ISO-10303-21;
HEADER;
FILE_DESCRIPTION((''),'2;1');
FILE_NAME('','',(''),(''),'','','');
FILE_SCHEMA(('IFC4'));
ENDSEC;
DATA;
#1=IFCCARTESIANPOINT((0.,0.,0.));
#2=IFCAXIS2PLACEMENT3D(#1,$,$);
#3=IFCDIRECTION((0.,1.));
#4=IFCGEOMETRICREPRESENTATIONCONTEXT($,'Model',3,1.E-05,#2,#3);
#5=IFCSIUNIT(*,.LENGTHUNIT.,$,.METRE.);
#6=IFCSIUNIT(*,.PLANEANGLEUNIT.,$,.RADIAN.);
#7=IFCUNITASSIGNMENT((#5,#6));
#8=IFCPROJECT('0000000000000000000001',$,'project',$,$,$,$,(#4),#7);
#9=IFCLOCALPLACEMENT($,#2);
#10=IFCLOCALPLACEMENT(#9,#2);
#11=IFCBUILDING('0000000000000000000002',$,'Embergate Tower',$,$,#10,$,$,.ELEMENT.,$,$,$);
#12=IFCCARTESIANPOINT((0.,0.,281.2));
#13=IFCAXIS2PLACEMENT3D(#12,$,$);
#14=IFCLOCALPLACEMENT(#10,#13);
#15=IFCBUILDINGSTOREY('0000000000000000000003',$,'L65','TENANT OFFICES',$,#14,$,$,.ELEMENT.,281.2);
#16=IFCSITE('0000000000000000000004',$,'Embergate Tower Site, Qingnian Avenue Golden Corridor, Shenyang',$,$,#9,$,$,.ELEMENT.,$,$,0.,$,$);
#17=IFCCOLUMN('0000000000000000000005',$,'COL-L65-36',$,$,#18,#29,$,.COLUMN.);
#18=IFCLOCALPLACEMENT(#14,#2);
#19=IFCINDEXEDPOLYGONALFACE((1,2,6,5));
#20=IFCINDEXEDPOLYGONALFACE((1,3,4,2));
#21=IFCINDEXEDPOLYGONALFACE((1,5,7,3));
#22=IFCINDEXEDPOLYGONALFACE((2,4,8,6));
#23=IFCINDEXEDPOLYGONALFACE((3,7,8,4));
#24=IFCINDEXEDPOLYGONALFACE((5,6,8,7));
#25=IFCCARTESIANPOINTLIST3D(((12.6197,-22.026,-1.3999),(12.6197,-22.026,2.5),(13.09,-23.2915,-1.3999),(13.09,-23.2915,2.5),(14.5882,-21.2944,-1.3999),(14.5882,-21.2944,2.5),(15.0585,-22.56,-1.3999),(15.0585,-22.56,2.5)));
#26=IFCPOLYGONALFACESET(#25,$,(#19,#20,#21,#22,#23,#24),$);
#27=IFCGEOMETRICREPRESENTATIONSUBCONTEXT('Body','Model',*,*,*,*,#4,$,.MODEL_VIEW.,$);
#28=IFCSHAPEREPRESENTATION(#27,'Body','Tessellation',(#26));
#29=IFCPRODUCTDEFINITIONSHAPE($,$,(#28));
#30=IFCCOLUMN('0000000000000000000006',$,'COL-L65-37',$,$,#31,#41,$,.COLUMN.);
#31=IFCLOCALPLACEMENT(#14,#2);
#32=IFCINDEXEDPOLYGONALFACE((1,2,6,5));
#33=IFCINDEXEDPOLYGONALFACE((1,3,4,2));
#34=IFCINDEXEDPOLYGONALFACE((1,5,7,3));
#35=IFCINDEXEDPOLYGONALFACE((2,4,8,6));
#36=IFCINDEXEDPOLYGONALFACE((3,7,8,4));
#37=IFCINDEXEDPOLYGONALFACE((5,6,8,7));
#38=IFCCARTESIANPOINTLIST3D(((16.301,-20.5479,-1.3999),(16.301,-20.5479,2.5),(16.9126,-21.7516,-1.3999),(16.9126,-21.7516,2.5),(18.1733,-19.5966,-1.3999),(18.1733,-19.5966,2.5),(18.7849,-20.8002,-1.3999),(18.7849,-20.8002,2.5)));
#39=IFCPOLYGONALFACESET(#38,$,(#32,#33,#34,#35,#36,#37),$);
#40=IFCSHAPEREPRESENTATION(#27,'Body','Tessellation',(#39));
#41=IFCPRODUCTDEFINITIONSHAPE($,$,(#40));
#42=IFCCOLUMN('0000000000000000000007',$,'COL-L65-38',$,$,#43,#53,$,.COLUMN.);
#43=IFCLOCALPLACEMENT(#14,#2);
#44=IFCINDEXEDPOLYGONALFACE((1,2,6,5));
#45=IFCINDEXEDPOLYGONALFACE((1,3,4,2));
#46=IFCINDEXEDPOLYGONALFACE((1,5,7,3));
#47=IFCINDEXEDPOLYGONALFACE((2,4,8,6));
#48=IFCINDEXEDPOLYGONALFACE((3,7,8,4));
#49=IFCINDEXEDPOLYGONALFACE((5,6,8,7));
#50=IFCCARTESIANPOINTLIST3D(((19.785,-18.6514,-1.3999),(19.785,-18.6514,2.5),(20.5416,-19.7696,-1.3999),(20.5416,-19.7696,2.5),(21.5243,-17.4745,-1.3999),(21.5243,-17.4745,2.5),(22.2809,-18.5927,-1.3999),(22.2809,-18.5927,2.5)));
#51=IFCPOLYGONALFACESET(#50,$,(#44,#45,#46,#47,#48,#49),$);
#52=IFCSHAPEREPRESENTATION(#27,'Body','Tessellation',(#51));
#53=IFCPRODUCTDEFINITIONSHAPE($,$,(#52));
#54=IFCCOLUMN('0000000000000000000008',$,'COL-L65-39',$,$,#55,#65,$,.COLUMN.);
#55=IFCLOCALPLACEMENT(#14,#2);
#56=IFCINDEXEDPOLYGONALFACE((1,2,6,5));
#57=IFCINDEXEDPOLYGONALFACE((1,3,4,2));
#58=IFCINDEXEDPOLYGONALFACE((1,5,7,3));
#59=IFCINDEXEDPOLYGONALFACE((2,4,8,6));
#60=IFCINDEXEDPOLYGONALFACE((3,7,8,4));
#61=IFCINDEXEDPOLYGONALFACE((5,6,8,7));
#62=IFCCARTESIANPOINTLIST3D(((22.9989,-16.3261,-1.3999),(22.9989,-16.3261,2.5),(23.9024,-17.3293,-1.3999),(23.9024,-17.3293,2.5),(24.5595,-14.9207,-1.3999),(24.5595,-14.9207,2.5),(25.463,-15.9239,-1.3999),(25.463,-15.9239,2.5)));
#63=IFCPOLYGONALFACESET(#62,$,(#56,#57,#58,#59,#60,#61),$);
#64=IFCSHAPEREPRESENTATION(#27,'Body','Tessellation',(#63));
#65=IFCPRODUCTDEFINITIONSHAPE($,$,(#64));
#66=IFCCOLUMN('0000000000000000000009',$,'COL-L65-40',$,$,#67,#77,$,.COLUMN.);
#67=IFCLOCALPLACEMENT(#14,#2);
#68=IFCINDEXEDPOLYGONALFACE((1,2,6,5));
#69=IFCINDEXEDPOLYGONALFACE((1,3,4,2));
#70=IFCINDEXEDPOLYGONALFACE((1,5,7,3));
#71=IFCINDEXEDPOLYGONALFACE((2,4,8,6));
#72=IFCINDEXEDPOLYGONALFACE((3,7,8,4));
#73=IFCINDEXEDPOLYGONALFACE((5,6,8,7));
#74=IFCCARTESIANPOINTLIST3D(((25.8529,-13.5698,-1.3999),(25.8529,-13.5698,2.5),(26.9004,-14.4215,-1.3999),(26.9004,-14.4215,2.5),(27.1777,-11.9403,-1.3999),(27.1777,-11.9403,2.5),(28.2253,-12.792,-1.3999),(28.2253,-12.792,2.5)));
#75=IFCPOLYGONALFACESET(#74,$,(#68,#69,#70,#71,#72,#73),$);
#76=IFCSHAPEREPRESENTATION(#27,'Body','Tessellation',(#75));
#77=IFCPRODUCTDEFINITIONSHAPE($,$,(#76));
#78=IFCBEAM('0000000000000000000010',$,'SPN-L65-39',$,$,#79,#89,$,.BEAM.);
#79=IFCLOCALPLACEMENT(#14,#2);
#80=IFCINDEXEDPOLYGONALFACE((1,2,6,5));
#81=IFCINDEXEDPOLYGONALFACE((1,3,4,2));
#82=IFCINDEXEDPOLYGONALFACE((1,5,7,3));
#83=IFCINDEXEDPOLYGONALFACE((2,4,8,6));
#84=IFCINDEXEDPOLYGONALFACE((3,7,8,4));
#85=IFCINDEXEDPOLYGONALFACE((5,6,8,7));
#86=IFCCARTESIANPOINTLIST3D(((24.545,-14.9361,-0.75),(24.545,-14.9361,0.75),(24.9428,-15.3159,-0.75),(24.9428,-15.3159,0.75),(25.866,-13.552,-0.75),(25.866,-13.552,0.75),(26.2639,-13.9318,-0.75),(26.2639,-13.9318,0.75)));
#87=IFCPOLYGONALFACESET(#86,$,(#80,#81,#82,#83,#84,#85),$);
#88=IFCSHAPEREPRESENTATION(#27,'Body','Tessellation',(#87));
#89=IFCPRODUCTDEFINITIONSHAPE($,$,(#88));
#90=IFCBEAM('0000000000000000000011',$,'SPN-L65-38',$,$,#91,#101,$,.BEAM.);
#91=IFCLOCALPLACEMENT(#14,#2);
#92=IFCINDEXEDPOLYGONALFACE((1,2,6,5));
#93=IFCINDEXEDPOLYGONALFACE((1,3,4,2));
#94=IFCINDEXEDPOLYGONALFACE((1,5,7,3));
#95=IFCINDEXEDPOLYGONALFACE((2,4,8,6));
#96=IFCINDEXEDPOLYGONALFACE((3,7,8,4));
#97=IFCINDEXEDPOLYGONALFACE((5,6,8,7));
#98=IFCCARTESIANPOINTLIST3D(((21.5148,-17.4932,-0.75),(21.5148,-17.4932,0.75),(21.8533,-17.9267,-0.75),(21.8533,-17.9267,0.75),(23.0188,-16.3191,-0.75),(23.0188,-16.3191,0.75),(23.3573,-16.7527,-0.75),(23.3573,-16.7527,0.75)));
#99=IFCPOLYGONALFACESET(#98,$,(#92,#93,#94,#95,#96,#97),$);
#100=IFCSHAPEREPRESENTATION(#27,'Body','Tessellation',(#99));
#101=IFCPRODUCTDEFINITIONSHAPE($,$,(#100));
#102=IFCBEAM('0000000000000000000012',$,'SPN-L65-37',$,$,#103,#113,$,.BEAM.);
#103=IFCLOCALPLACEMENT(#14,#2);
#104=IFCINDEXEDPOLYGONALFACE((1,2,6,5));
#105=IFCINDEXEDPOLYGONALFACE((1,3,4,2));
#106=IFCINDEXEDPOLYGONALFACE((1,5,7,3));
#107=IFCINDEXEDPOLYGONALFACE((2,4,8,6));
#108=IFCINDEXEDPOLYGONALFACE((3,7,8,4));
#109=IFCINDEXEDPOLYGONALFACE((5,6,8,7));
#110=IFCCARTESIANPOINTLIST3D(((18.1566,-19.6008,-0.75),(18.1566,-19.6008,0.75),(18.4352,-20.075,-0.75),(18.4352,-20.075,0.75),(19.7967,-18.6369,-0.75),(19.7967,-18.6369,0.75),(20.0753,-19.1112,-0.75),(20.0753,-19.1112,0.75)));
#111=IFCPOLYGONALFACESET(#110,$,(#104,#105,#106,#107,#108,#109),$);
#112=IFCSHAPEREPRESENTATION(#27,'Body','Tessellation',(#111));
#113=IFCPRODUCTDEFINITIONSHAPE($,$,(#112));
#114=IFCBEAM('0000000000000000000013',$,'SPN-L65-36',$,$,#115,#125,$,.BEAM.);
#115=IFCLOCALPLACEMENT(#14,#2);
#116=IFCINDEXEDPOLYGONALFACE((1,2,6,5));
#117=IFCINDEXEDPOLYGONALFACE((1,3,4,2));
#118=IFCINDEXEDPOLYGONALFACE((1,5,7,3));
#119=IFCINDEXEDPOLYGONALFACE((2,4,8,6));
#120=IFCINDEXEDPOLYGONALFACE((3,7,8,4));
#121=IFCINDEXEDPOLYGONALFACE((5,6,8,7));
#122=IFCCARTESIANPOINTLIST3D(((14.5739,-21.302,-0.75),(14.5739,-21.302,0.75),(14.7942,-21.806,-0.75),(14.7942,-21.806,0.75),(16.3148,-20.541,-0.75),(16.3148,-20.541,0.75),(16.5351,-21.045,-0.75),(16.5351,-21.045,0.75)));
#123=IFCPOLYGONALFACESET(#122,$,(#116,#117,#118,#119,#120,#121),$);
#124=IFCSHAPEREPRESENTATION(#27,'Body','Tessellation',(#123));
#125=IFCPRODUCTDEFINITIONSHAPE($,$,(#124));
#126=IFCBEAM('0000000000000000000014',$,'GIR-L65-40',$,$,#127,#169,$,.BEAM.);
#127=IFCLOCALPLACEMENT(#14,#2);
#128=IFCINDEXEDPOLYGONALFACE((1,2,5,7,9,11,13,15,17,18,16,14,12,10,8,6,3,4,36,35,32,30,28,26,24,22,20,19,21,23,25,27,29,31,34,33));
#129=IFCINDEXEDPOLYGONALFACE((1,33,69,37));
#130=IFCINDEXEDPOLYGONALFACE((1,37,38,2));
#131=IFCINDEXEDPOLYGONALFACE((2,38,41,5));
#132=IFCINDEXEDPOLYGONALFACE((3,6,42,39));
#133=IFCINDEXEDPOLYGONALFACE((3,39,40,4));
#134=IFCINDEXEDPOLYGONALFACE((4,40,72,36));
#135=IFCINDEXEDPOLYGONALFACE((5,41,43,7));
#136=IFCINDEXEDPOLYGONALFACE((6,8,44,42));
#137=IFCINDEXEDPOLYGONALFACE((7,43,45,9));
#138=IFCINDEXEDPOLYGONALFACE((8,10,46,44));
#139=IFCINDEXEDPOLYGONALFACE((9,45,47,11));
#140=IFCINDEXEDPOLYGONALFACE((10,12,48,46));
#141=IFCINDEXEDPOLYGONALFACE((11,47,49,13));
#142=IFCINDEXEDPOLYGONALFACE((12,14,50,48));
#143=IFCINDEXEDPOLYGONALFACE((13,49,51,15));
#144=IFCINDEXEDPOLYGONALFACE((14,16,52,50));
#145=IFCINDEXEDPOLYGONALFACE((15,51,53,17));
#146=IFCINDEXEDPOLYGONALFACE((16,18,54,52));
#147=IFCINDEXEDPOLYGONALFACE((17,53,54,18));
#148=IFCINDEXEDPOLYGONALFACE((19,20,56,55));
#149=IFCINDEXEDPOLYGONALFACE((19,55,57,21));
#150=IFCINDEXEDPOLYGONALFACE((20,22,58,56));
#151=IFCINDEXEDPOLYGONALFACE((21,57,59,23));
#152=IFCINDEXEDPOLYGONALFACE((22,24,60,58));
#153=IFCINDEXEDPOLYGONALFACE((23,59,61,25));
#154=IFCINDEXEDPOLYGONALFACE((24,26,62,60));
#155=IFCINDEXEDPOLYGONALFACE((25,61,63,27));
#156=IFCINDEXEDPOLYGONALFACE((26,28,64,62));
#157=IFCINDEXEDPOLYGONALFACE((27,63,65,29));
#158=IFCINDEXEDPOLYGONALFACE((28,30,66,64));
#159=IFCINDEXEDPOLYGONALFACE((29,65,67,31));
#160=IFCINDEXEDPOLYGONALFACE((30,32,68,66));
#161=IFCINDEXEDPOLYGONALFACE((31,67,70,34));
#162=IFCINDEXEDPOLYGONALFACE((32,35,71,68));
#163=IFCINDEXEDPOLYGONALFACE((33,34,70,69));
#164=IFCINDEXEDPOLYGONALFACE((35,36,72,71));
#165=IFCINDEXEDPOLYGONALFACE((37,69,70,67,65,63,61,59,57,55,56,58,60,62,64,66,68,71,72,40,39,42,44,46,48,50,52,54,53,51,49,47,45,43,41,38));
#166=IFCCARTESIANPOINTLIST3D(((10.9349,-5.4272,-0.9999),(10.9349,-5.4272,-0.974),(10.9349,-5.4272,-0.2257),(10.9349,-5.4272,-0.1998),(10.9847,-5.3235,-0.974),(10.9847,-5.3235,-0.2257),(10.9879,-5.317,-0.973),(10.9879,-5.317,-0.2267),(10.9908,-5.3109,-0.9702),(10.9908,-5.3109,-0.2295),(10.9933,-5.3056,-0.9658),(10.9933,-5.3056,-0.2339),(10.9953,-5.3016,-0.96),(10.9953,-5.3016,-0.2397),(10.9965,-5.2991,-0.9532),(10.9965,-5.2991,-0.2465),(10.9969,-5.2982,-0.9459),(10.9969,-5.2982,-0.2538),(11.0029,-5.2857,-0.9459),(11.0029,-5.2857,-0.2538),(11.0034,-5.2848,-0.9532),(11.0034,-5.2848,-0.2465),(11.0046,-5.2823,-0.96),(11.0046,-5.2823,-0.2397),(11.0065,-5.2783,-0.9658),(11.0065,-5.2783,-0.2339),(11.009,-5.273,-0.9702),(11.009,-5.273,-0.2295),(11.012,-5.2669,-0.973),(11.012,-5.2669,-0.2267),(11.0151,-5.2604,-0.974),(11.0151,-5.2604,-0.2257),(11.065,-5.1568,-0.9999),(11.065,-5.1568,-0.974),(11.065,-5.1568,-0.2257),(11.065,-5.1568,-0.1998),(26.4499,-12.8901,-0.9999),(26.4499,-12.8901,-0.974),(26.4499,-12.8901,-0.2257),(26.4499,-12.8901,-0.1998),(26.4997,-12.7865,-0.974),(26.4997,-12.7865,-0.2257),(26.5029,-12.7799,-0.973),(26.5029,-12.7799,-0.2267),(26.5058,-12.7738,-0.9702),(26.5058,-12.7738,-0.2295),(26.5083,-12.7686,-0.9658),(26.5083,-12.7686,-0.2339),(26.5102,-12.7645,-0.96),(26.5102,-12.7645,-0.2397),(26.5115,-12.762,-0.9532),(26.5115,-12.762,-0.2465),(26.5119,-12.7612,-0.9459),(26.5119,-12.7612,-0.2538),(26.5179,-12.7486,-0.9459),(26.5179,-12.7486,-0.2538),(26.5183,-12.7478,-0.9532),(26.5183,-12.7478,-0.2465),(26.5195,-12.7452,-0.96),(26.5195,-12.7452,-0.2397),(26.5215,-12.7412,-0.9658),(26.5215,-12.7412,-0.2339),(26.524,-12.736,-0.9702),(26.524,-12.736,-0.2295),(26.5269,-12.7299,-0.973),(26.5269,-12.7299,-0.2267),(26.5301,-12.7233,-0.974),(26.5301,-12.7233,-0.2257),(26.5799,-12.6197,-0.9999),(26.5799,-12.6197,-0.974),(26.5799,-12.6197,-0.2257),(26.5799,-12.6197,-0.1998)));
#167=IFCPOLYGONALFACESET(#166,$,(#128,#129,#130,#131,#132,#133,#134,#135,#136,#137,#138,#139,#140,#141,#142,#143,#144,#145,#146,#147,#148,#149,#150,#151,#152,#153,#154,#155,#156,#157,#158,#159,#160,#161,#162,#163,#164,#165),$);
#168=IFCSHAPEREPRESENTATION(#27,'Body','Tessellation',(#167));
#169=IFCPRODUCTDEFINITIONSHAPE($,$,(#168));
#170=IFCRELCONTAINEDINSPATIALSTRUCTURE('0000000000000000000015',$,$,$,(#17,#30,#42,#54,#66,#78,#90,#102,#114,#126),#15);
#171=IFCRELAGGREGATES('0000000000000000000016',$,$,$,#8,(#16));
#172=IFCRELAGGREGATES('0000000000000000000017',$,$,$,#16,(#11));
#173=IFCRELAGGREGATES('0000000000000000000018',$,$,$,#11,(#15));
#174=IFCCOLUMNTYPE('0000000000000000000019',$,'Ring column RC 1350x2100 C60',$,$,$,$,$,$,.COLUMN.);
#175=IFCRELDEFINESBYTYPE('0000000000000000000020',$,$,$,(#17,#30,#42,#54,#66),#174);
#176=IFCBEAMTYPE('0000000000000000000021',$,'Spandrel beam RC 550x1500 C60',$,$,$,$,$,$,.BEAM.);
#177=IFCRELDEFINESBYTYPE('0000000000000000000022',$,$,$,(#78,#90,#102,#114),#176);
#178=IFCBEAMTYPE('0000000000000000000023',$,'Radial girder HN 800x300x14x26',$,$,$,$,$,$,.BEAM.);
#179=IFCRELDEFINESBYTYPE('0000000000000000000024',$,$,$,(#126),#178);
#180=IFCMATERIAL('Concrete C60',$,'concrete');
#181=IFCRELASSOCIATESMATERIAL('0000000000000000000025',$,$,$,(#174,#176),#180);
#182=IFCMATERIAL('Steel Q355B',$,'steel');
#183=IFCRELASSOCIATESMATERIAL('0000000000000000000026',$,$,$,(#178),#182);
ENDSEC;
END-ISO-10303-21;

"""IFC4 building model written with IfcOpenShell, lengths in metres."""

from ifc_helpers import new_model, si_unit, direction, frame, origin, origin_2d, place, context, subcontext, project, spatial, rectangle, i_section, extrude, source, transform, mapped, material, material_profile, profile_set, type_object, element, save


model = new_model("IFC4")

# Units and contexts
model_context = context("Model", 3, precision=1e-05, world=origin(), true_north=direction((0.0, 1.0)))
body_context = subcontext(model_context, "Body", "Model", "MODEL_VIEW")
ifc_project = project(units=[si_unit("LENGTHUNIT", "METRE"), si_unit("PLANEANGLEUNIT", "RADIAN")], contexts=[model_context])

# Site, building, storey
site_placement = place(None, origin())
site = spatial("IfcSite", under=ifc_project, at=site_placement, Name="Embergate Tower Site, Qingnian Avenue Golden Corridor, Shenyang", CompositionType="ELEMENT", RefElevation=0.0)
building_placement = place(site_placement, origin())
building = spatial("IfcBuilding", under=site, at=building_placement, Name="Embergate Tower", CompositionType="ELEMENT")
storey_placement = place(building_placement, frame((0.0, 0.0, 281.2)))
storey = spatial("IfcBuildingStorey", under=building, at=storey_placement, Name="L65", Description="TENANT OFFICES", CompositionType="ELEMENT", Elevation=281.2)

# Columns
ifc_material_1 = material(Name="Concrete C60", Category="concrete")
ifc_material_profile_1 = material_profile(ifc_material_1, rectangle(XDim=1.3501, YDim=2.1001, at=origin_2d()), Name="RC 1350x2100")
ifc_profile_set_1 = profile_set([ifc_material_profile_1], Name="Concrete C60")
column_type = type_object("IfcColumnType", Name="Ring column RC 1350x2100 C60", PredefinedType="COLUMN", material=ifc_profile_set_1)
shared_shape_1 = source(origin(), body_context, "Body", "SweptSolid", [
    extrude(rectangle(XDim=1.3501, YDim=2.1001, at=origin_2d()), origin(), (0.0, 0.0, 1.0), 3.8999),
])
for number, where, z_axis, x_axis, name in (
    (1, (13.8391, -22.293, -1.3999), (0.0, 0.0, 1.0), (0.348343, -0.937367, 0.0), "COL-L65-36"),
    (2, (17.543, -20.6741, -1.3999), (0.0, 0.0, 1.0), (0.452995, -0.891513, 0.0), "COL-L65-37"),
    (3, (21.033, -18.6221, -1.3999), (0.0, 0.0, 1.0), (0.560393, -0.828227, 0.0), "COL-L65-38"),
    (4, (24.231, -16.125, -1.3999), (0.0, 0.0, 1.0), (0.669208, -0.743075, 0.0), "COL-L65-39"),
    (5, (27.0391, -13.1809, -1.3999), (0.0, 0.0, 1.0), (0.775914, -0.630838, 0.0), "COL-L65-40"),
):
    element("IfcColumn", number, at=place(storey_placement, frame(where, z_axis=z_axis, x_axis=x_axis)), inside=storey, type_object=column_type, Name=name, PredefinedType="COLUMN", context=body_context, shape_type="MappedRepresentation", body=[
        mapped(shared_shape_1, transform((0.0, 0.0, 0.0))),
    ])

# Beams
ifc_material_profile_2 = material_profile(ifc_material_1, rectangle(XDim=0.55, YDim=1.5, at=origin_2d()), Name="RC 550x1500")
ifc_profile_set_2 = profile_set([ifc_material_profile_2], Name="Concrete C60")
beam_type_1 = type_object("IfcBeamType", Name="Spandrel beam RC 550x1500 C60", PredefinedType="BEAM", material=ifc_profile_set_2)
shared_shape_2 = source(origin(), body_context, "Body", "SweptSolid", [
    extrude(rectangle(XDim=0.55, YDim=1.5, at=origin_2d()), origin(), (0.0, 0.0, 1.0), 1.9133),
])
beam_1_placement = place(storey_placement, frame((24.7439, -15.126, 0.0), z_axis=(0.690455, 0.723376, 0.0), x_axis=(-0.723376, 0.690455, 0.0)))
element("IfcBeam", 6, at=beam_1_placement, inside=storey, type_object=beam_type_1, Name="SPN-L65-39", PredefinedType="BEAM", context=body_context, shape_type="MappedRepresentation", body=[
    mapped(shared_shape_2, transform((0.0, 0.0, 0.0))),
])
shared_shape_3 = source(origin(), body_context, "Body", "SweptSolid", [
    extrude(rectangle(XDim=0.55, YDim=1.5, at=origin_2d()), origin(), (0.0, 0.0, 1.0), 1.908),
])
beam_2_placement = place(storey_placement, frame((21.6841, -17.71, 0.0), z_axis=(0.788242, 0.615366, 0.0), x_axis=(-0.615366, 0.788242, 0.0)))
element("IfcBeam", 7, at=beam_2_placement, inside=storey, type_object=beam_type_1, Name="SPN-L65-38", PredefinedType="BEAM", context=body_context, shape_type="MappedRepresentation", body=[
    mapped(shared_shape_3, transform((0.0, 0.0, 0.0))),
])
shared_shape_4 = source(origin(), body_context, "Body", "SweptSolid", [
    extrude(rectangle(XDim=0.55, YDim=1.5, at=origin_2d()), origin(), (0.0, 0.0, 1.0), 1.9023),
])
beam_3_placement = place(storey_placement, frame((18.2959, -19.8379, 0.0), z_axis=(0.862145, 0.506661, 0.0), x_axis=(-0.506661, 0.862145, 0.0)))
element("IfcBeam", 8, at=beam_3_placement, inside=storey, type_object=beam_type_1, Name="SPN-L65-37", PredefinedType="BEAM", context=body_context, shape_type="MappedRepresentation", body=[
    mapped(shared_shape_4, transform((0.0, 0.0, 0.0))),
])
shared_shape_5 = source(origin(), body_context, "Body", "SweptSolid", [
    extrude(rectangle(XDim=0.55, YDim=1.5, at=origin_2d()), origin(), (0.0, 0.0, 1.0), 1.8999),
])
beam_4_placement = place(storey_placement, frame((14.6841, -21.554, 0.0), z_axis=(0.91629, 0.400515, 0.0), x_axis=(-0.400515, 0.91629, 0.0)))
element("IfcBeam", 9, at=beam_4_placement, inside=storey, type_object=beam_type_1, Name="SPN-L65-36", PredefinedType="BEAM", context=body_context, shape_type="MappedRepresentation", body=[
    mapped(shared_shape_5, transform((0.0, 0.0, 0.0))),
])
ifc_material_2 = material(Name="Steel Q355B", Category="steel")
ifc_material_profile_3 = material_profile(ifc_material_2, i_section(OverallWidth=0.3, OverallDepth=0.8, WebThickness=0.0139, FlangeThickness=0.0259, FilletRadius=0.0281, at=origin_2d()), Name="HN 800x300x14x26")
ifc_profile_set_3 = profile_set([ifc_material_profile_3], Name="Steel Q355 grade B")
beam_type_2 = type_object("IfcBeamType", Name="Radial girder HN 800x300x14x26", PredefinedType="BEAM", material=ifc_profile_set_3)
shared_shape_6 = source(origin(), body_context, "Body", "SweptSolid", [
    extrude(i_section(OverallWidth=0.3, OverallDepth=0.8, WebThickness=0.0139, FlangeThickness=0.0259, FilletRadius=0.0281, at=origin_2d()), origin(), (0.0, 0.0, 1.0), 17.2166),
])
beam_5_placement = place(storey_placement, frame((26.5149, -12.7549, -0.5999), z_axis=(-0.901166, 0.433474, 0.0), x_axis=(-0.433474, -0.901166, 0.0)))
element("IfcBeam", 10, at=beam_5_placement, inside=storey, type_object=beam_type_2, Name="GIR-L65-40", PredefinedType="BEAM", context=body_context, shape_type="MappedRepresentation", body=[
    mapped(shared_shape_6, transform((0.0, 0.0, 0.0))),
])

save(model, "model.ifc")
